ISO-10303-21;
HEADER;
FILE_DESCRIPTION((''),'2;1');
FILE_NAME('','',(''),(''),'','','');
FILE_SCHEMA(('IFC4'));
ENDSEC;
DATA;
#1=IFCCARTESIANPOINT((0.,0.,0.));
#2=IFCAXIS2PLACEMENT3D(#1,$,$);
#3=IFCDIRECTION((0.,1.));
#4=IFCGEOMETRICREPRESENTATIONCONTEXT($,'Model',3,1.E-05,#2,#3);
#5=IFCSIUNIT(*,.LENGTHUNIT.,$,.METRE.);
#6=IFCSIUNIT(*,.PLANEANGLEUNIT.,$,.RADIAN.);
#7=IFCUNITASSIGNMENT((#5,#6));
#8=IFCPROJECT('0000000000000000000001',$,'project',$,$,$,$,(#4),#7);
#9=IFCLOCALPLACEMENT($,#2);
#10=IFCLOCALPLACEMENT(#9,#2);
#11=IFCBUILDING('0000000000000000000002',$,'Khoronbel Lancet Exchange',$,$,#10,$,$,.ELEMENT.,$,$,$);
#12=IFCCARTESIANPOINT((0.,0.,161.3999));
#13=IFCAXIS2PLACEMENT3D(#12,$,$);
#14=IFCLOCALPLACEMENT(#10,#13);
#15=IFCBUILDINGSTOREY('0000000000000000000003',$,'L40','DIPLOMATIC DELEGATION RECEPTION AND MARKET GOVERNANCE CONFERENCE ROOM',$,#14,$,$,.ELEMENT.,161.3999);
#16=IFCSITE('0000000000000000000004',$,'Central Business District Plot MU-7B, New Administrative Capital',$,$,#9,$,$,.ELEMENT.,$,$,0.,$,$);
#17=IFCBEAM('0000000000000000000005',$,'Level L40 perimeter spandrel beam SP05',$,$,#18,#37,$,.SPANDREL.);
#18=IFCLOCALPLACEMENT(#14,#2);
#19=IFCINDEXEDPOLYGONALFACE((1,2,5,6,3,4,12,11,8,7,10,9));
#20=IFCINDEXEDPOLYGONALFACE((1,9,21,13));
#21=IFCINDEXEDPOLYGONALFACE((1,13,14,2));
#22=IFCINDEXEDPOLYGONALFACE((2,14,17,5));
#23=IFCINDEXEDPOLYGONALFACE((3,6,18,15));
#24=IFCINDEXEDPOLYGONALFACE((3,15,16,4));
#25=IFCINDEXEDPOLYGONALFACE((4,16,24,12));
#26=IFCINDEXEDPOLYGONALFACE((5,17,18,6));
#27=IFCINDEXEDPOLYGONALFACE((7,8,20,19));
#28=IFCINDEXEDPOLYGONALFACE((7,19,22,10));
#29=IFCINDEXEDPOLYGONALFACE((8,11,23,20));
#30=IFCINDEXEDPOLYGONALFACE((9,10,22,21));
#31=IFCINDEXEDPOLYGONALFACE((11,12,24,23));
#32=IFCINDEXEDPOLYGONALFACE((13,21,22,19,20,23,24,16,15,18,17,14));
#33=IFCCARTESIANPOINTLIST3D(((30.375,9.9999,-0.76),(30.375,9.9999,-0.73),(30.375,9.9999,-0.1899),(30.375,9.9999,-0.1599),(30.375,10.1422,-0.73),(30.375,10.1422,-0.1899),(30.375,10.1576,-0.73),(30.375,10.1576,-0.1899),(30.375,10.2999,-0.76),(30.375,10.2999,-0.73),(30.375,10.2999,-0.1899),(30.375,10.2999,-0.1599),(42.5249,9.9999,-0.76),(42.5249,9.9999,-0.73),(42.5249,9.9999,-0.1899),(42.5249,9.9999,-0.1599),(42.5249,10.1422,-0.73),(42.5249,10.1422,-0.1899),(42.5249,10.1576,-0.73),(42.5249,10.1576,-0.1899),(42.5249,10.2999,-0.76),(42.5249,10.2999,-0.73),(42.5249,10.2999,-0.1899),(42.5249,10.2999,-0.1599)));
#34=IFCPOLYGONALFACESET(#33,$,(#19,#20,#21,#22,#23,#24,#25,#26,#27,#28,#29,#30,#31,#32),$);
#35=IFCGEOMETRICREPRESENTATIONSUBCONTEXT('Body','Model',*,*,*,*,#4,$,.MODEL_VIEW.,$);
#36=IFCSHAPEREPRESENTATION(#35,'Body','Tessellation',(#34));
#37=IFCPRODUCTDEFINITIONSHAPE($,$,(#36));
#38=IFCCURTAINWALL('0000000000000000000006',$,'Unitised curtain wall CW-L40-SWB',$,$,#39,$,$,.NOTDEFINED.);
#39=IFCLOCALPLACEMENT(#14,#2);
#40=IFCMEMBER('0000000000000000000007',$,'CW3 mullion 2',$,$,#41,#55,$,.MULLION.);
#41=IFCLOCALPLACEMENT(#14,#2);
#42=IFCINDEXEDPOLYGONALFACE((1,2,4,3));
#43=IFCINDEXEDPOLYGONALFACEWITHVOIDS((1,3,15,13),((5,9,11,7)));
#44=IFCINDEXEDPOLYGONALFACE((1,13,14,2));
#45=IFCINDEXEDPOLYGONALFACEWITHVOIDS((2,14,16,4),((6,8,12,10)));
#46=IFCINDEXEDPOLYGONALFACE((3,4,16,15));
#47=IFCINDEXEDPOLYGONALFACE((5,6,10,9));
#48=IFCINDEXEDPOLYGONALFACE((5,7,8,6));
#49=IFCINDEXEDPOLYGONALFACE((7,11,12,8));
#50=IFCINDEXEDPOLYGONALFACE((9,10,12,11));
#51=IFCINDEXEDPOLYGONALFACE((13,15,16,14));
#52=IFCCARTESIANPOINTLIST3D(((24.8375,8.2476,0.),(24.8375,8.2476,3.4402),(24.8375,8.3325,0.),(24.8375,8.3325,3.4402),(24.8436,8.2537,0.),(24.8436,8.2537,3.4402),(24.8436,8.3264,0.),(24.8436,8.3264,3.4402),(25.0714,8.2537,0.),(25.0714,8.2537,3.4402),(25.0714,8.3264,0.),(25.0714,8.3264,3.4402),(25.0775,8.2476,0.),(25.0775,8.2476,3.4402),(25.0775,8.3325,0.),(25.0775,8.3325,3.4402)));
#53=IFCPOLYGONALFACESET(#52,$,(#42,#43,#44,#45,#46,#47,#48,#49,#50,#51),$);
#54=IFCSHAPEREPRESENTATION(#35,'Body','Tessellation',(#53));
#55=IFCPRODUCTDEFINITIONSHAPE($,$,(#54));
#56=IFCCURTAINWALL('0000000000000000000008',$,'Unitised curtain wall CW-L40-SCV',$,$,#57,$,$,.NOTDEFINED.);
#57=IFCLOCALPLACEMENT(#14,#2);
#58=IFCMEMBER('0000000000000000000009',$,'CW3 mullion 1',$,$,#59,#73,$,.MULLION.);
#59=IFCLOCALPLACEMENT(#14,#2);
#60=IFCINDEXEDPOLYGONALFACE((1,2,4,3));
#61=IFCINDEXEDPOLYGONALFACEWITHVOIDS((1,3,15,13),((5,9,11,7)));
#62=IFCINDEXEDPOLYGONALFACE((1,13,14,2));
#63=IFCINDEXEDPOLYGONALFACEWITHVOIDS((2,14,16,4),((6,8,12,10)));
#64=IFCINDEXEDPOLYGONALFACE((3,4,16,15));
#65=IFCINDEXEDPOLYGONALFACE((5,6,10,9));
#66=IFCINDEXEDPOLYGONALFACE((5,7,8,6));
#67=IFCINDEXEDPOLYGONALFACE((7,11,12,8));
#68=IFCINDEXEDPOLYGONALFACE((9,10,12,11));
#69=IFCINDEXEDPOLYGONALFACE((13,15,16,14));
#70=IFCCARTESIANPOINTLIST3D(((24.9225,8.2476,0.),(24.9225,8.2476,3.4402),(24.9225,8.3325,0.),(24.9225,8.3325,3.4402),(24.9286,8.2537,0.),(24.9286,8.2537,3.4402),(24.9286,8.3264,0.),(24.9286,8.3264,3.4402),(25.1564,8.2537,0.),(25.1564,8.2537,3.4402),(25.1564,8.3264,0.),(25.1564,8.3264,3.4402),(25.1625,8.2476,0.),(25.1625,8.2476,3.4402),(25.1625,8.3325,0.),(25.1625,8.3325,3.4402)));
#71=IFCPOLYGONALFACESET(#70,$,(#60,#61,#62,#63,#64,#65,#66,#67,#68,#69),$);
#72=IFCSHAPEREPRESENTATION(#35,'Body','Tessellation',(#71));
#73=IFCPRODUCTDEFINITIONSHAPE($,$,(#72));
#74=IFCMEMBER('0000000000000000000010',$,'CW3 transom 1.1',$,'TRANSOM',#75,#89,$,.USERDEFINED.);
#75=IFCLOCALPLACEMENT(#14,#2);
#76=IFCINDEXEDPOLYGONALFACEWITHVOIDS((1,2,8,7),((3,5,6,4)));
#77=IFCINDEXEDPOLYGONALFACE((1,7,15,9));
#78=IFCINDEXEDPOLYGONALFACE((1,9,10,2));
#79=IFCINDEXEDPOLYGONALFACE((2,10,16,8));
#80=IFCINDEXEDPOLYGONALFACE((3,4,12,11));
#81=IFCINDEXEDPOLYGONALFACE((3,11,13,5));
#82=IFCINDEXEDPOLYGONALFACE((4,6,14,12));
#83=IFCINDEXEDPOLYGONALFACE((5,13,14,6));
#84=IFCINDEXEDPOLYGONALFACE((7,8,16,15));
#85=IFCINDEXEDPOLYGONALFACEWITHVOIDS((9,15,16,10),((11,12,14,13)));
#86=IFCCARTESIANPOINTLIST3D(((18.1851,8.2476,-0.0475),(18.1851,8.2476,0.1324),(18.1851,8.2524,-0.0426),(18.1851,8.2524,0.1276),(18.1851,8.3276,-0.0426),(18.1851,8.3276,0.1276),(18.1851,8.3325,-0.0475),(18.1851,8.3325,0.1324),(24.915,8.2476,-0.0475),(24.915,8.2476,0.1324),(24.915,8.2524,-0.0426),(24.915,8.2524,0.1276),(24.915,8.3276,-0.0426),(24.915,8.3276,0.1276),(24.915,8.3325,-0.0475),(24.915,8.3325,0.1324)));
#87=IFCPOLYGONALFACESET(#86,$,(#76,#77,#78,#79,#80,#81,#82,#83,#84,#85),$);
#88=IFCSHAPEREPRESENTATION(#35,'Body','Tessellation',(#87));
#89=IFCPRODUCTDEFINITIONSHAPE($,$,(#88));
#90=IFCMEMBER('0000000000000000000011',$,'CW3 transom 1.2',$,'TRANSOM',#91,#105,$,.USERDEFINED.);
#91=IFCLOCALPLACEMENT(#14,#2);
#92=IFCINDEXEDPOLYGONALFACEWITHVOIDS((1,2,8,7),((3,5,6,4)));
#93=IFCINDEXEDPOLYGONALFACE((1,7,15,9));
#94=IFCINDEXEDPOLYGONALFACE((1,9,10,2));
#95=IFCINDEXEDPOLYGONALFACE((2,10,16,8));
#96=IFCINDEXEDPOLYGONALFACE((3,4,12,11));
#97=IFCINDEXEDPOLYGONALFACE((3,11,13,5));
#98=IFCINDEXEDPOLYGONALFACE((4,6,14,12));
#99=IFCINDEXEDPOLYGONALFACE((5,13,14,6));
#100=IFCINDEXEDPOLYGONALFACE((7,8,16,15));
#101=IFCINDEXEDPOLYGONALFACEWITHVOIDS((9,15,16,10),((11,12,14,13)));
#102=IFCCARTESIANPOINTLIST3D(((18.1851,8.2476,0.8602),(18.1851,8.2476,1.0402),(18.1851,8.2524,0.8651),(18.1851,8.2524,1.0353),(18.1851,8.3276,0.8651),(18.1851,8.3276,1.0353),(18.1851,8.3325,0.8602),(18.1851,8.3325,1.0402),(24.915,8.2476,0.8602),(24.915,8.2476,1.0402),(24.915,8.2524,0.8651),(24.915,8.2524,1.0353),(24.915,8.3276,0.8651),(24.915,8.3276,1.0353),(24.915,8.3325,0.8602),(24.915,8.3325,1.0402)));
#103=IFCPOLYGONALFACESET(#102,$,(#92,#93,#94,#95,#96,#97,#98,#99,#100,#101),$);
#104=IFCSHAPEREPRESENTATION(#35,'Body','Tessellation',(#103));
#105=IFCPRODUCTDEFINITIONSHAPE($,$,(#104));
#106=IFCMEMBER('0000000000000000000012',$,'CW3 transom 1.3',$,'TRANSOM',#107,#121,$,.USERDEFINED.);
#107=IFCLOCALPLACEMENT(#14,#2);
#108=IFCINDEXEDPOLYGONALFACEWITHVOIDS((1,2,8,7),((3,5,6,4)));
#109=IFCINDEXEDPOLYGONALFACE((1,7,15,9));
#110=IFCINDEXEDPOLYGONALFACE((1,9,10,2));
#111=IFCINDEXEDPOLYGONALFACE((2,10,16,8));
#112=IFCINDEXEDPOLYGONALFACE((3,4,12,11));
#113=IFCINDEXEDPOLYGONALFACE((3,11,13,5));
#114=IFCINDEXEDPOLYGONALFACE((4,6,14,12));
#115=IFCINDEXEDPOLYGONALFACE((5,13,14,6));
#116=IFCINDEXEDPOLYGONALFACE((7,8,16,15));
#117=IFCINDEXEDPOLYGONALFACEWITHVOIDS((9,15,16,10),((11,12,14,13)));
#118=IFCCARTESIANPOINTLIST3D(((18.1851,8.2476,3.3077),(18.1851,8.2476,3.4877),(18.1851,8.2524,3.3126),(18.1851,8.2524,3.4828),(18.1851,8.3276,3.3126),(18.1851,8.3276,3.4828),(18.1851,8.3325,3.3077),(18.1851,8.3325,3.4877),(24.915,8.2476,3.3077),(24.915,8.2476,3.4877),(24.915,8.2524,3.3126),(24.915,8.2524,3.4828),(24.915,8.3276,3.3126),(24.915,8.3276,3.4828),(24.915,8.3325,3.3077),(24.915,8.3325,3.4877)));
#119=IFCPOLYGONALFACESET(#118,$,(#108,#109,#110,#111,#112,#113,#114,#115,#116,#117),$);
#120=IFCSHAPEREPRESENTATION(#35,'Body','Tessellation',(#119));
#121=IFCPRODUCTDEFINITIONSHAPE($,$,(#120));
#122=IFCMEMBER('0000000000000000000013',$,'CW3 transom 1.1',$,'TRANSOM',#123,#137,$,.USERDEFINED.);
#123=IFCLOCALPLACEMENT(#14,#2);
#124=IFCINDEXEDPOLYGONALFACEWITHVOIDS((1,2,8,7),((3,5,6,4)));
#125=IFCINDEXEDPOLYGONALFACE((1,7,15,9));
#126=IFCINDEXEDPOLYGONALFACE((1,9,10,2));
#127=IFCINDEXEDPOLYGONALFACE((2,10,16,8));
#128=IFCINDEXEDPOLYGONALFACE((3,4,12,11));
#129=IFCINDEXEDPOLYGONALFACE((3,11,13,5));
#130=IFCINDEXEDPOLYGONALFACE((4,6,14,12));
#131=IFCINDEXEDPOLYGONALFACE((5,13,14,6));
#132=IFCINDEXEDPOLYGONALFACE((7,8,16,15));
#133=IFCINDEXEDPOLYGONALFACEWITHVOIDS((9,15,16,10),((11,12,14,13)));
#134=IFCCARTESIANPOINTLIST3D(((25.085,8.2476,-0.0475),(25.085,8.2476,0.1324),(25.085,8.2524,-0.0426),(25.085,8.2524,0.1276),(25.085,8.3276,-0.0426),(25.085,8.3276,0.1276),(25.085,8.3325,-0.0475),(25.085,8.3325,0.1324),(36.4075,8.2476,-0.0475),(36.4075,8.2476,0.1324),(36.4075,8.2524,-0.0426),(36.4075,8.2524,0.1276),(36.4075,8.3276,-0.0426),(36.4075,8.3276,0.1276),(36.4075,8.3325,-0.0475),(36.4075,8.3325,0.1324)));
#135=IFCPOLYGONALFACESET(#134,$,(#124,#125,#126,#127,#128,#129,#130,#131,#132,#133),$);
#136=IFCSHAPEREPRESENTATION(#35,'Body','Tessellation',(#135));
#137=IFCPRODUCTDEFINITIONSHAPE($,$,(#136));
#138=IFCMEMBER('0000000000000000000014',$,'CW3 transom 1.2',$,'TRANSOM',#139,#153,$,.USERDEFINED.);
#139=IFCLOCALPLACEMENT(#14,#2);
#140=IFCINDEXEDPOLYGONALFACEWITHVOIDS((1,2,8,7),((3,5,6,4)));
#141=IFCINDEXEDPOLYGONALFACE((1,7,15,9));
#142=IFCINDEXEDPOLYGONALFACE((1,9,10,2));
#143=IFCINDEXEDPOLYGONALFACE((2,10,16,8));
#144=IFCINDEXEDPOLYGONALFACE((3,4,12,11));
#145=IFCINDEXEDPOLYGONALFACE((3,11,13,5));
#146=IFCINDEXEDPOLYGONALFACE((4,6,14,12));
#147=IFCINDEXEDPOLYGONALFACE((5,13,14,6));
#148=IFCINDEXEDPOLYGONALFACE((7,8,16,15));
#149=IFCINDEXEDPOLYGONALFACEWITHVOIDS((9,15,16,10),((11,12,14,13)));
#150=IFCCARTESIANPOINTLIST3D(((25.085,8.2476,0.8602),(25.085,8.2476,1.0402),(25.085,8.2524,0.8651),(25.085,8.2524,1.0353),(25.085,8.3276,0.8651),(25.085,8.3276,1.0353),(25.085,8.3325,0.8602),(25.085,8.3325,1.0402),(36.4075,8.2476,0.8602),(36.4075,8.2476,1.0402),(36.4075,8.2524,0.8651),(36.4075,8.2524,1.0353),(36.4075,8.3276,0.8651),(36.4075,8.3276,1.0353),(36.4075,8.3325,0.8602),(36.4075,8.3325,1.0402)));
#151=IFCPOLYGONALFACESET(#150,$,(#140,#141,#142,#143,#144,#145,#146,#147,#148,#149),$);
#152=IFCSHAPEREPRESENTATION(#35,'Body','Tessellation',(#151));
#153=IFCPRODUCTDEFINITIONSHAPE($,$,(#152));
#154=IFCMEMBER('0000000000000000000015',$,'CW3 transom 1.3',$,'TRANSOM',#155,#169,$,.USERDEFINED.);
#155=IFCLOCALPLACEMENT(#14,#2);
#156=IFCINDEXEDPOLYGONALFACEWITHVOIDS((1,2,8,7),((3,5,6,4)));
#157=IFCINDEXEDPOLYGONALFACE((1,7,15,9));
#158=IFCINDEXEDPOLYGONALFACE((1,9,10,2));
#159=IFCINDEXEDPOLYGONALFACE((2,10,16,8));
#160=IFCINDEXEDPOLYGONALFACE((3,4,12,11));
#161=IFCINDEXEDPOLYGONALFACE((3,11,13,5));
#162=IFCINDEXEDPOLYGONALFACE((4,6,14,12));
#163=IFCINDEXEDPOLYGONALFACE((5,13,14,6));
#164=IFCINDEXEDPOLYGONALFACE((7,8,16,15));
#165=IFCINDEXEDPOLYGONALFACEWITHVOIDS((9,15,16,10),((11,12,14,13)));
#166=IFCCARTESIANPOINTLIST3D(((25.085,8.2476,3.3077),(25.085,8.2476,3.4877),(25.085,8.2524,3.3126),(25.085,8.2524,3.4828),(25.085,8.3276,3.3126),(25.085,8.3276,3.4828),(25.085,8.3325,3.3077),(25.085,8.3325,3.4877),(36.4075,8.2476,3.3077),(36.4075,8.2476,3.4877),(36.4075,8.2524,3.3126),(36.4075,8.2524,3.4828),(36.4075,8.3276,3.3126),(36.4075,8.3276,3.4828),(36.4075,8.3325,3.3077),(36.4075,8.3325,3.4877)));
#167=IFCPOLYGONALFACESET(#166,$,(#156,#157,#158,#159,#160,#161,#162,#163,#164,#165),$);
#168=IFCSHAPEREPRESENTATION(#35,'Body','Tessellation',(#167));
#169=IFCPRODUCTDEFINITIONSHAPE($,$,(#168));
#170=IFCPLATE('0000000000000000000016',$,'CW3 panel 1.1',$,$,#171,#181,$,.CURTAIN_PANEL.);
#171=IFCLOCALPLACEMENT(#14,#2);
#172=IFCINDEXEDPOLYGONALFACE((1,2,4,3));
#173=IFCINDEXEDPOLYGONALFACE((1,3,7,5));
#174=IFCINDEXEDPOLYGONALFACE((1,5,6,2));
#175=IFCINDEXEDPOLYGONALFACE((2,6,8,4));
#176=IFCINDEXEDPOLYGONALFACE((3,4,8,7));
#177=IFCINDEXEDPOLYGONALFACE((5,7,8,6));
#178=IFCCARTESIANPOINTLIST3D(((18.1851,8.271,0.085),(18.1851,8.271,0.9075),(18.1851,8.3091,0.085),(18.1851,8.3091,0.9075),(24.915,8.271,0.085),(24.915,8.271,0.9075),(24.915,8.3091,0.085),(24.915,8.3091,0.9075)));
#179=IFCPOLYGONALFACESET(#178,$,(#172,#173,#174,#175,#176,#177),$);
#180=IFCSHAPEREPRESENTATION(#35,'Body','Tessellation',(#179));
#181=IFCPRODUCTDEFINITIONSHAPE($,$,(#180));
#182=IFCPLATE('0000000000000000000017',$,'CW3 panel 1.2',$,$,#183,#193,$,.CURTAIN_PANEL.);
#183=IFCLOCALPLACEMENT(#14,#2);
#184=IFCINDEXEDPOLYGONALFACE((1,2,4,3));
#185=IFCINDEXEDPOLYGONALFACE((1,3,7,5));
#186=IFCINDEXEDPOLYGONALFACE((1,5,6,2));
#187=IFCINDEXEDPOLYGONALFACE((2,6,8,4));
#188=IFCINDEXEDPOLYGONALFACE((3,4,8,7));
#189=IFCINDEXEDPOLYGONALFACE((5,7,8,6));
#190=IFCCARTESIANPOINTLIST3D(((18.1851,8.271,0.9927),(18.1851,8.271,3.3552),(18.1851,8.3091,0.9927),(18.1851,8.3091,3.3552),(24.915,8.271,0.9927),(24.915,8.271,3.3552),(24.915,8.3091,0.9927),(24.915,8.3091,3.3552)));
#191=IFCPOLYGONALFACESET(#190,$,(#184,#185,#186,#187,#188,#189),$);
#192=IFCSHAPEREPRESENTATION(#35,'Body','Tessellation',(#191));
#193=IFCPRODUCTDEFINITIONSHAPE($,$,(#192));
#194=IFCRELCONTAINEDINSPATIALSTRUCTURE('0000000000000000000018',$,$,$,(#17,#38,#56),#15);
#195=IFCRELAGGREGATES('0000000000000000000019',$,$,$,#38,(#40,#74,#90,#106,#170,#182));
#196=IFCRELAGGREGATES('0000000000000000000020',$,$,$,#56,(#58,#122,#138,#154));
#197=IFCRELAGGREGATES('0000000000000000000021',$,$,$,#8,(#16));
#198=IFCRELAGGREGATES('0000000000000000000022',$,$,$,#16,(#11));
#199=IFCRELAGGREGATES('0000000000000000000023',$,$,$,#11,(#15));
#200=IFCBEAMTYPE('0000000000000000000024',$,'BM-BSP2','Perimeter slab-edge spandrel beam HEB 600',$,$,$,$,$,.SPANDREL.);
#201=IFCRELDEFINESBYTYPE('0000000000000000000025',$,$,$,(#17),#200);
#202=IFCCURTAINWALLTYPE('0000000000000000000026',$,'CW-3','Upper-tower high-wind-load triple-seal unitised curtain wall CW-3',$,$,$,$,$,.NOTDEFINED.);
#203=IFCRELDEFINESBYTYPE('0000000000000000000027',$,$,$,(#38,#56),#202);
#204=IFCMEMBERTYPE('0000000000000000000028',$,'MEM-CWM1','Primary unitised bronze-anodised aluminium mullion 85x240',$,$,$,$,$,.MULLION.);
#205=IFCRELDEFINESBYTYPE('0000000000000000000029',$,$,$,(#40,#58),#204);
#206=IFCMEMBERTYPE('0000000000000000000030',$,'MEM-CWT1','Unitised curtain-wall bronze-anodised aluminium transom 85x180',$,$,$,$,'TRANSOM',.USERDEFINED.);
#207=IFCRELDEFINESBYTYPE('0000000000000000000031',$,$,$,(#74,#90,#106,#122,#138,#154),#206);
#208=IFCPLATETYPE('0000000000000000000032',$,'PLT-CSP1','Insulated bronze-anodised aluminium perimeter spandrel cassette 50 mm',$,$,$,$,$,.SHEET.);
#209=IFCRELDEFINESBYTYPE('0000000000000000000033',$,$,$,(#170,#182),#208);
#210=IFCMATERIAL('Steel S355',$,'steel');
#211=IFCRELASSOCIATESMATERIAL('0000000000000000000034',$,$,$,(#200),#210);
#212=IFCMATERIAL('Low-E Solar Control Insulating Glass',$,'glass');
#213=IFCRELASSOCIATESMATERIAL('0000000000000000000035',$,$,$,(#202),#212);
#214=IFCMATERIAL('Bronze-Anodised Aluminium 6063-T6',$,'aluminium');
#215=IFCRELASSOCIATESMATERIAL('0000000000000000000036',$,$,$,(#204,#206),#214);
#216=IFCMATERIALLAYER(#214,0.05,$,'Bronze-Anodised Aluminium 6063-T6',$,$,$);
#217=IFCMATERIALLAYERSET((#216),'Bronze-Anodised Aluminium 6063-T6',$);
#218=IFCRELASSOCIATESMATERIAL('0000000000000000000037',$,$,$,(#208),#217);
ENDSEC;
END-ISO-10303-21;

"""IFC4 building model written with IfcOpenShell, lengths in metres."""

from ifc_helpers import new_model, si_unit, direction, frame, origin, origin_2d, place, context, subcontext, project, spatial, rectangle, hollow_rectangle, i_section, extrude, material, layer, layer_set, material_profile, profile_set, type_object, element, aggregate, save


model = new_model("IFC4")

# Units and contexts
model_context = context("Model", 3, precision=1e-05, world=origin(), true_north=direction((0.0, 1.0)))
body_context = subcontext(model_context, "Body", "Model", "MODEL_VIEW")
ifc_project = project(units=[si_unit("LENGTHUNIT", "METRE"), si_unit("PLANEANGLEUNIT", "RADIAN")], contexts=[model_context])

# Site, building, storey
site_placement = place(None, origin())
site = spatial("IfcSite", under=ifc_project, at=site_placement, Name="Central Business District Plot MU-7B, New Administrative Capital", CompositionType="ELEMENT", RefElevation=0.0)
building_placement = place(site_placement, origin())
building = spatial("IfcBuilding", under=site, at=building_placement, Name="Khoronbel Lancet Exchange", CompositionType="ELEMENT")
storey_placement = place(building_placement, frame((0.0, 0.0, 161.3999)))
storey = spatial("IfcBuildingStorey", under=building, at=storey_placement, Name="L40", Description="DIPLOMATIC DELEGATION RECEPTION AND MARKET GOVERNANCE CONFERENCE ROOM", CompositionType="ELEMENT", Elevation=161.3999)

# Beam
ifc_material_1 = material(Name="Steel S355", Category="steel")
ifc_material_profile_1 = material_profile(ifc_material_1, i_section(OverallWidth=0.3, OverallDepth=0.6001, WebThickness=0.0154, FlangeThickness=0.03, at=origin_2d()), Name="HEB 600")
ifc_profile_set_1 = profile_set([ifc_material_profile_1], Name="Steel S355")
beam_type_1 = type_object("IfcBeamType", Name="BM-BSP2", Description="Perimeter slab-edge spandrel beam HEB 600", PredefinedType="SPANDREL", material=ifc_profile_set_1)
beam_1_placement = place(storey_placement, frame((30.375, 10.1499, -0.46), z_axis=(1.0, 0.0, 0.0), x_axis=(0.0, 1.0, 0.0)))
element("IfcBeam", 1, at=beam_1_placement, inside=storey, type_object=beam_type_1, Name="Level L40 perimeter spandrel beam SP05", PredefinedType="SPANDREL", context=body_context, shape_type="SweptSolid", body=[
    extrude(i_section(OverallWidth=0.3, OverallDepth=0.6001, WebThickness=0.0154, FlangeThickness=0.03, at=origin_2d()), origin(), (0.0, 0.0, 1.0), 12.1499),
])

# Curtain walls, members
ifc_material_2 = material(Name="Low-E Solar Control Insulating Glass", Category="glass")
curtain_wall_type = type_object("IfcCurtainWallType", Name="CW-3", Description="Upper-tower high-wind-load triple-seal unitised curtain wall CW-3", PredefinedType="NOTDEFINED", material=ifc_material_2)
curtain_wall_1_placement = place(storey_placement, origin())
curtain_wall_1 = element("IfcCurtainWall", 2, at=curtain_wall_1_placement, inside=storey, type_object=curtain_wall_type, Name="Unitised curtain wall CW-L40-SWB", PredefinedType="NOTDEFINED")
ifc_material_3 = material(Name="Bronze-Anodised Aluminium 6063-T6", Category="aluminium")
ifc_material_profile_2 = material_profile(ifc_material_3, hollow_rectangle(XDim=0.085, YDim=0.24, WallThickness=0.0061, at=origin_2d()), Name="ALU MULLION 85x240")
ifc_profile_set_2 = profile_set([ifc_material_profile_2], Name="Bronze-Anodised Aluminium 6063-T6")
member_type_1 = type_object("IfcMemberType", Name="MEM-CWM1", Description="Primary unitised bronze-anodised aluminium mullion 85x240", PredefinedType="MULLION", material=ifc_profile_set_2)
member_1_placement = place(storey_placement, frame((24.9575, 8.29, 0.0), z_axis=(0.0, 0.0, 1.0), x_axis=(0.0, 1.0, 0.0)))
member_1 = element("IfcMember", 3, at=member_1_placement, type_object=member_type_1, Name="CW3 mullion 2", PredefinedType="MULLION", context=body_context, shape_type="SweptSolid", body=[
    extrude(hollow_rectangle(XDim=0.085, YDim=0.24, WallThickness=0.0061, at=origin_2d()), origin(), (0.0, 0.0, 1.0), 3.4402),
])
curtain_wall_2_placement = place(storey_placement, origin())
curtain_wall_2 = element("IfcCurtainWall", 4, at=curtain_wall_2_placement, inside=storey, type_object=curtain_wall_type, Name="Unitised curtain wall CW-L40-SCV", PredefinedType="NOTDEFINED")
member_2_placement = place(storey_placement, frame((25.0425, 8.29, 0.0), z_axis=(0.0, 0.0, 1.0), x_axis=(0.0, 1.0, 0.0)))
member_2 = element("IfcMember", 5, at=member_2_placement, type_object=member_type_1, Name="CW3 mullion 1", PredefinedType="MULLION", context=body_context, shape_type="SweptSolid", body=[
    extrude(hollow_rectangle(XDim=0.085, YDim=0.24, WallThickness=0.0061, at=origin_2d()), origin(), (0.0, 0.0, 1.0), 3.4402),
])

# Members
ifc_material_profile_3 = material_profile(ifc_material_3, hollow_rectangle(XDim=0.085, YDim=0.1799, WallThickness=0.0049, at=origin_2d()), Name="ALU TRANSOM 85x180")
ifc_profile_set_3 = profile_set([ifc_material_profile_3], Name="Bronze-Anodised Aluminium 6063-T6")
member_type_2 = type_object("IfcMemberType", Name="MEM-CWT1", Description="Unitised curtain-wall bronze-anodised aluminium transom 85x180", ElementType="TRANSOM", PredefinedType="USERDEFINED", material=ifc_profile_set_3)
member_3_placement = place(storey_placement, frame((18.1851, 8.29, 0.0425), z_axis=(1.0, 0.0, 0.0), x_axis=(0.0, 1.0, 0.0)))
member_3 = element("IfcMember", 6, at=member_3_placement, type_object=member_type_2, Name="CW3 transom 1.1", ObjectType="TRANSOM", PredefinedType="USERDEFINED", context=body_context, shape_type="SweptSolid", body=[
    extrude(hollow_rectangle(XDim=0.085, YDim=0.1799, WallThickness=0.0049, at=origin_2d()), origin(), (0.0, 0.0, 1.0), 6.73),
])
member_4_placement = place(storey_placement, frame((18.1851, 8.29, 0.9502), z_axis=(1.0, 0.0, 0.0), x_axis=(0.0, 1.0, 0.0)))
member_4 = element("IfcMember", 7, at=member_4_placement, type_object=member_type_2, Name="CW3 transom 1.2", ObjectType="TRANSOM", PredefinedType="USERDEFINED", context=body_context, shape_type="SweptSolid", body=[
    extrude(hollow_rectangle(XDim=0.085, YDim=0.1799, WallThickness=0.0049, at=origin_2d()), origin(), (0.0, 0.0, 1.0), 6.73),
])
member_5_placement = place(storey_placement, frame((18.1851, 8.29, 3.3977), z_axis=(1.0, 0.0, 0.0), x_axis=(0.0, 1.0, 0.0)))
member_5 = element("IfcMember", 8, at=member_5_placement, type_object=member_type_2, Name="CW3 transom 1.3", ObjectType="TRANSOM", PredefinedType="USERDEFINED", context=body_context, shape_type="SweptSolid", body=[
    extrude(hollow_rectangle(XDim=0.085, YDim=0.1799, WallThickness=0.0049, at=origin_2d()), origin(), (0.0, 0.0, 1.0), 6.73),
])
member_6_placement = place(storey_placement, frame((25.085, 8.29, 0.0425), z_axis=(1.0, 0.0, 0.0), x_axis=(0.0, 1.0, 0.0)))
member_6 = element("IfcMember", 9, at=member_6_placement, type_object=member_type_2, Name="CW3 transom 1.1", ObjectType="TRANSOM", PredefinedType="USERDEFINED", context=body_context, shape_type="SweptSolid", body=[
    extrude(hollow_rectangle(XDim=0.085, YDim=0.1799, WallThickness=0.0049, at=origin_2d()), origin(), (0.0, 0.0, 1.0), 11.3225),
])
member_7_placement = place(storey_placement, frame((25.085, 8.29, 0.9502), z_axis=(1.0, 0.0, 0.0), x_axis=(0.0, 1.0, 0.0)))
member_7 = element("IfcMember", 10, at=member_7_placement, type_object=member_type_2, Name="CW3 transom 1.2", ObjectType="TRANSOM", PredefinedType="USERDEFINED", context=body_context, shape_type="SweptSolid", body=[
    extrude(hollow_rectangle(XDim=0.085, YDim=0.1799, WallThickness=0.0049, at=origin_2d()), origin(), (0.0, 0.0, 1.0), 11.3225),
])
member_8_placement = place(storey_placement, frame((25.085, 8.29, 3.3977), z_axis=(1.0, 0.0, 0.0), x_axis=(0.0, 1.0, 0.0)))
member_8 = element("IfcMember", 11, at=member_8_placement, type_object=member_type_2, Name="CW3 transom 1.3", ObjectType="TRANSOM", PredefinedType="USERDEFINED", context=body_context, shape_type="SweptSolid", body=[
    extrude(hollow_rectangle(XDim=0.085, YDim=0.1799, WallThickness=0.0049, at=origin_2d()), origin(), (0.0, 0.0, 1.0), 11.3225),
])

# Plates
ifc_layer_1 = layer(ifc_material_3, 0.05, Name="Bronze-Anodised Aluminium 6063-T6")
ifc_layer_set_1 = layer_set([ifc_layer_1], Name="Bronze-Anodised Aluminium 6063-T6")
plate_type_1 = type_object("IfcPlateType", Name="PLT-CSP1", Description="Insulated bronze-anodised aluminium perimeter spandrel cassette 50 mm", PredefinedType="SHEET", material=ifc_layer_set_1)
plate_1_placement = place(storey_placement, frame((21.55, 8.29, 0.085), z_axis=(0.0, 0.0, 1.0), x_axis=(1.0, 0.0, 0.0)))
plate_1 = element("IfcPlate", 12, at=plate_1_placement, type_object=plate_type_1, Name="CW3 panel 1.1", PredefinedType="CURTAIN_PANEL", context=body_context, shape_type="SweptSolid", body=[
    extrude(rectangle(XDim=6.73, YDim=0.0381, at=origin_2d()), origin(), (0.0, 0.0, 1.0), 0.8225),
])
plate_2_placement = place(storey_placement, frame((21.55, 8.29, 0.9927), z_axis=(0.0, 0.0, 1.0), x_axis=(1.0, 0.0, 0.0)))
plate_2 = element("IfcPlate", 13, at=plate_2_placement, type_object=plate_type_1, Name="CW3 panel 1.2", PredefinedType="CURTAIN_PANEL", context=body_context, shape_type="SweptSolid", body=[
    extrude(rectangle(XDim=6.73, YDim=0.0381, at=origin_2d()), origin(), (0.0, 0.0, 1.0), 2.3625),
])
aggregate(curtain_wall_1, [member_1, member_3, member_4, member_5, plate_1, plate_2])
aggregate(curtain_wall_2, [member_2, member_6, member_7, member_8])

save(model, "model.ifc")
